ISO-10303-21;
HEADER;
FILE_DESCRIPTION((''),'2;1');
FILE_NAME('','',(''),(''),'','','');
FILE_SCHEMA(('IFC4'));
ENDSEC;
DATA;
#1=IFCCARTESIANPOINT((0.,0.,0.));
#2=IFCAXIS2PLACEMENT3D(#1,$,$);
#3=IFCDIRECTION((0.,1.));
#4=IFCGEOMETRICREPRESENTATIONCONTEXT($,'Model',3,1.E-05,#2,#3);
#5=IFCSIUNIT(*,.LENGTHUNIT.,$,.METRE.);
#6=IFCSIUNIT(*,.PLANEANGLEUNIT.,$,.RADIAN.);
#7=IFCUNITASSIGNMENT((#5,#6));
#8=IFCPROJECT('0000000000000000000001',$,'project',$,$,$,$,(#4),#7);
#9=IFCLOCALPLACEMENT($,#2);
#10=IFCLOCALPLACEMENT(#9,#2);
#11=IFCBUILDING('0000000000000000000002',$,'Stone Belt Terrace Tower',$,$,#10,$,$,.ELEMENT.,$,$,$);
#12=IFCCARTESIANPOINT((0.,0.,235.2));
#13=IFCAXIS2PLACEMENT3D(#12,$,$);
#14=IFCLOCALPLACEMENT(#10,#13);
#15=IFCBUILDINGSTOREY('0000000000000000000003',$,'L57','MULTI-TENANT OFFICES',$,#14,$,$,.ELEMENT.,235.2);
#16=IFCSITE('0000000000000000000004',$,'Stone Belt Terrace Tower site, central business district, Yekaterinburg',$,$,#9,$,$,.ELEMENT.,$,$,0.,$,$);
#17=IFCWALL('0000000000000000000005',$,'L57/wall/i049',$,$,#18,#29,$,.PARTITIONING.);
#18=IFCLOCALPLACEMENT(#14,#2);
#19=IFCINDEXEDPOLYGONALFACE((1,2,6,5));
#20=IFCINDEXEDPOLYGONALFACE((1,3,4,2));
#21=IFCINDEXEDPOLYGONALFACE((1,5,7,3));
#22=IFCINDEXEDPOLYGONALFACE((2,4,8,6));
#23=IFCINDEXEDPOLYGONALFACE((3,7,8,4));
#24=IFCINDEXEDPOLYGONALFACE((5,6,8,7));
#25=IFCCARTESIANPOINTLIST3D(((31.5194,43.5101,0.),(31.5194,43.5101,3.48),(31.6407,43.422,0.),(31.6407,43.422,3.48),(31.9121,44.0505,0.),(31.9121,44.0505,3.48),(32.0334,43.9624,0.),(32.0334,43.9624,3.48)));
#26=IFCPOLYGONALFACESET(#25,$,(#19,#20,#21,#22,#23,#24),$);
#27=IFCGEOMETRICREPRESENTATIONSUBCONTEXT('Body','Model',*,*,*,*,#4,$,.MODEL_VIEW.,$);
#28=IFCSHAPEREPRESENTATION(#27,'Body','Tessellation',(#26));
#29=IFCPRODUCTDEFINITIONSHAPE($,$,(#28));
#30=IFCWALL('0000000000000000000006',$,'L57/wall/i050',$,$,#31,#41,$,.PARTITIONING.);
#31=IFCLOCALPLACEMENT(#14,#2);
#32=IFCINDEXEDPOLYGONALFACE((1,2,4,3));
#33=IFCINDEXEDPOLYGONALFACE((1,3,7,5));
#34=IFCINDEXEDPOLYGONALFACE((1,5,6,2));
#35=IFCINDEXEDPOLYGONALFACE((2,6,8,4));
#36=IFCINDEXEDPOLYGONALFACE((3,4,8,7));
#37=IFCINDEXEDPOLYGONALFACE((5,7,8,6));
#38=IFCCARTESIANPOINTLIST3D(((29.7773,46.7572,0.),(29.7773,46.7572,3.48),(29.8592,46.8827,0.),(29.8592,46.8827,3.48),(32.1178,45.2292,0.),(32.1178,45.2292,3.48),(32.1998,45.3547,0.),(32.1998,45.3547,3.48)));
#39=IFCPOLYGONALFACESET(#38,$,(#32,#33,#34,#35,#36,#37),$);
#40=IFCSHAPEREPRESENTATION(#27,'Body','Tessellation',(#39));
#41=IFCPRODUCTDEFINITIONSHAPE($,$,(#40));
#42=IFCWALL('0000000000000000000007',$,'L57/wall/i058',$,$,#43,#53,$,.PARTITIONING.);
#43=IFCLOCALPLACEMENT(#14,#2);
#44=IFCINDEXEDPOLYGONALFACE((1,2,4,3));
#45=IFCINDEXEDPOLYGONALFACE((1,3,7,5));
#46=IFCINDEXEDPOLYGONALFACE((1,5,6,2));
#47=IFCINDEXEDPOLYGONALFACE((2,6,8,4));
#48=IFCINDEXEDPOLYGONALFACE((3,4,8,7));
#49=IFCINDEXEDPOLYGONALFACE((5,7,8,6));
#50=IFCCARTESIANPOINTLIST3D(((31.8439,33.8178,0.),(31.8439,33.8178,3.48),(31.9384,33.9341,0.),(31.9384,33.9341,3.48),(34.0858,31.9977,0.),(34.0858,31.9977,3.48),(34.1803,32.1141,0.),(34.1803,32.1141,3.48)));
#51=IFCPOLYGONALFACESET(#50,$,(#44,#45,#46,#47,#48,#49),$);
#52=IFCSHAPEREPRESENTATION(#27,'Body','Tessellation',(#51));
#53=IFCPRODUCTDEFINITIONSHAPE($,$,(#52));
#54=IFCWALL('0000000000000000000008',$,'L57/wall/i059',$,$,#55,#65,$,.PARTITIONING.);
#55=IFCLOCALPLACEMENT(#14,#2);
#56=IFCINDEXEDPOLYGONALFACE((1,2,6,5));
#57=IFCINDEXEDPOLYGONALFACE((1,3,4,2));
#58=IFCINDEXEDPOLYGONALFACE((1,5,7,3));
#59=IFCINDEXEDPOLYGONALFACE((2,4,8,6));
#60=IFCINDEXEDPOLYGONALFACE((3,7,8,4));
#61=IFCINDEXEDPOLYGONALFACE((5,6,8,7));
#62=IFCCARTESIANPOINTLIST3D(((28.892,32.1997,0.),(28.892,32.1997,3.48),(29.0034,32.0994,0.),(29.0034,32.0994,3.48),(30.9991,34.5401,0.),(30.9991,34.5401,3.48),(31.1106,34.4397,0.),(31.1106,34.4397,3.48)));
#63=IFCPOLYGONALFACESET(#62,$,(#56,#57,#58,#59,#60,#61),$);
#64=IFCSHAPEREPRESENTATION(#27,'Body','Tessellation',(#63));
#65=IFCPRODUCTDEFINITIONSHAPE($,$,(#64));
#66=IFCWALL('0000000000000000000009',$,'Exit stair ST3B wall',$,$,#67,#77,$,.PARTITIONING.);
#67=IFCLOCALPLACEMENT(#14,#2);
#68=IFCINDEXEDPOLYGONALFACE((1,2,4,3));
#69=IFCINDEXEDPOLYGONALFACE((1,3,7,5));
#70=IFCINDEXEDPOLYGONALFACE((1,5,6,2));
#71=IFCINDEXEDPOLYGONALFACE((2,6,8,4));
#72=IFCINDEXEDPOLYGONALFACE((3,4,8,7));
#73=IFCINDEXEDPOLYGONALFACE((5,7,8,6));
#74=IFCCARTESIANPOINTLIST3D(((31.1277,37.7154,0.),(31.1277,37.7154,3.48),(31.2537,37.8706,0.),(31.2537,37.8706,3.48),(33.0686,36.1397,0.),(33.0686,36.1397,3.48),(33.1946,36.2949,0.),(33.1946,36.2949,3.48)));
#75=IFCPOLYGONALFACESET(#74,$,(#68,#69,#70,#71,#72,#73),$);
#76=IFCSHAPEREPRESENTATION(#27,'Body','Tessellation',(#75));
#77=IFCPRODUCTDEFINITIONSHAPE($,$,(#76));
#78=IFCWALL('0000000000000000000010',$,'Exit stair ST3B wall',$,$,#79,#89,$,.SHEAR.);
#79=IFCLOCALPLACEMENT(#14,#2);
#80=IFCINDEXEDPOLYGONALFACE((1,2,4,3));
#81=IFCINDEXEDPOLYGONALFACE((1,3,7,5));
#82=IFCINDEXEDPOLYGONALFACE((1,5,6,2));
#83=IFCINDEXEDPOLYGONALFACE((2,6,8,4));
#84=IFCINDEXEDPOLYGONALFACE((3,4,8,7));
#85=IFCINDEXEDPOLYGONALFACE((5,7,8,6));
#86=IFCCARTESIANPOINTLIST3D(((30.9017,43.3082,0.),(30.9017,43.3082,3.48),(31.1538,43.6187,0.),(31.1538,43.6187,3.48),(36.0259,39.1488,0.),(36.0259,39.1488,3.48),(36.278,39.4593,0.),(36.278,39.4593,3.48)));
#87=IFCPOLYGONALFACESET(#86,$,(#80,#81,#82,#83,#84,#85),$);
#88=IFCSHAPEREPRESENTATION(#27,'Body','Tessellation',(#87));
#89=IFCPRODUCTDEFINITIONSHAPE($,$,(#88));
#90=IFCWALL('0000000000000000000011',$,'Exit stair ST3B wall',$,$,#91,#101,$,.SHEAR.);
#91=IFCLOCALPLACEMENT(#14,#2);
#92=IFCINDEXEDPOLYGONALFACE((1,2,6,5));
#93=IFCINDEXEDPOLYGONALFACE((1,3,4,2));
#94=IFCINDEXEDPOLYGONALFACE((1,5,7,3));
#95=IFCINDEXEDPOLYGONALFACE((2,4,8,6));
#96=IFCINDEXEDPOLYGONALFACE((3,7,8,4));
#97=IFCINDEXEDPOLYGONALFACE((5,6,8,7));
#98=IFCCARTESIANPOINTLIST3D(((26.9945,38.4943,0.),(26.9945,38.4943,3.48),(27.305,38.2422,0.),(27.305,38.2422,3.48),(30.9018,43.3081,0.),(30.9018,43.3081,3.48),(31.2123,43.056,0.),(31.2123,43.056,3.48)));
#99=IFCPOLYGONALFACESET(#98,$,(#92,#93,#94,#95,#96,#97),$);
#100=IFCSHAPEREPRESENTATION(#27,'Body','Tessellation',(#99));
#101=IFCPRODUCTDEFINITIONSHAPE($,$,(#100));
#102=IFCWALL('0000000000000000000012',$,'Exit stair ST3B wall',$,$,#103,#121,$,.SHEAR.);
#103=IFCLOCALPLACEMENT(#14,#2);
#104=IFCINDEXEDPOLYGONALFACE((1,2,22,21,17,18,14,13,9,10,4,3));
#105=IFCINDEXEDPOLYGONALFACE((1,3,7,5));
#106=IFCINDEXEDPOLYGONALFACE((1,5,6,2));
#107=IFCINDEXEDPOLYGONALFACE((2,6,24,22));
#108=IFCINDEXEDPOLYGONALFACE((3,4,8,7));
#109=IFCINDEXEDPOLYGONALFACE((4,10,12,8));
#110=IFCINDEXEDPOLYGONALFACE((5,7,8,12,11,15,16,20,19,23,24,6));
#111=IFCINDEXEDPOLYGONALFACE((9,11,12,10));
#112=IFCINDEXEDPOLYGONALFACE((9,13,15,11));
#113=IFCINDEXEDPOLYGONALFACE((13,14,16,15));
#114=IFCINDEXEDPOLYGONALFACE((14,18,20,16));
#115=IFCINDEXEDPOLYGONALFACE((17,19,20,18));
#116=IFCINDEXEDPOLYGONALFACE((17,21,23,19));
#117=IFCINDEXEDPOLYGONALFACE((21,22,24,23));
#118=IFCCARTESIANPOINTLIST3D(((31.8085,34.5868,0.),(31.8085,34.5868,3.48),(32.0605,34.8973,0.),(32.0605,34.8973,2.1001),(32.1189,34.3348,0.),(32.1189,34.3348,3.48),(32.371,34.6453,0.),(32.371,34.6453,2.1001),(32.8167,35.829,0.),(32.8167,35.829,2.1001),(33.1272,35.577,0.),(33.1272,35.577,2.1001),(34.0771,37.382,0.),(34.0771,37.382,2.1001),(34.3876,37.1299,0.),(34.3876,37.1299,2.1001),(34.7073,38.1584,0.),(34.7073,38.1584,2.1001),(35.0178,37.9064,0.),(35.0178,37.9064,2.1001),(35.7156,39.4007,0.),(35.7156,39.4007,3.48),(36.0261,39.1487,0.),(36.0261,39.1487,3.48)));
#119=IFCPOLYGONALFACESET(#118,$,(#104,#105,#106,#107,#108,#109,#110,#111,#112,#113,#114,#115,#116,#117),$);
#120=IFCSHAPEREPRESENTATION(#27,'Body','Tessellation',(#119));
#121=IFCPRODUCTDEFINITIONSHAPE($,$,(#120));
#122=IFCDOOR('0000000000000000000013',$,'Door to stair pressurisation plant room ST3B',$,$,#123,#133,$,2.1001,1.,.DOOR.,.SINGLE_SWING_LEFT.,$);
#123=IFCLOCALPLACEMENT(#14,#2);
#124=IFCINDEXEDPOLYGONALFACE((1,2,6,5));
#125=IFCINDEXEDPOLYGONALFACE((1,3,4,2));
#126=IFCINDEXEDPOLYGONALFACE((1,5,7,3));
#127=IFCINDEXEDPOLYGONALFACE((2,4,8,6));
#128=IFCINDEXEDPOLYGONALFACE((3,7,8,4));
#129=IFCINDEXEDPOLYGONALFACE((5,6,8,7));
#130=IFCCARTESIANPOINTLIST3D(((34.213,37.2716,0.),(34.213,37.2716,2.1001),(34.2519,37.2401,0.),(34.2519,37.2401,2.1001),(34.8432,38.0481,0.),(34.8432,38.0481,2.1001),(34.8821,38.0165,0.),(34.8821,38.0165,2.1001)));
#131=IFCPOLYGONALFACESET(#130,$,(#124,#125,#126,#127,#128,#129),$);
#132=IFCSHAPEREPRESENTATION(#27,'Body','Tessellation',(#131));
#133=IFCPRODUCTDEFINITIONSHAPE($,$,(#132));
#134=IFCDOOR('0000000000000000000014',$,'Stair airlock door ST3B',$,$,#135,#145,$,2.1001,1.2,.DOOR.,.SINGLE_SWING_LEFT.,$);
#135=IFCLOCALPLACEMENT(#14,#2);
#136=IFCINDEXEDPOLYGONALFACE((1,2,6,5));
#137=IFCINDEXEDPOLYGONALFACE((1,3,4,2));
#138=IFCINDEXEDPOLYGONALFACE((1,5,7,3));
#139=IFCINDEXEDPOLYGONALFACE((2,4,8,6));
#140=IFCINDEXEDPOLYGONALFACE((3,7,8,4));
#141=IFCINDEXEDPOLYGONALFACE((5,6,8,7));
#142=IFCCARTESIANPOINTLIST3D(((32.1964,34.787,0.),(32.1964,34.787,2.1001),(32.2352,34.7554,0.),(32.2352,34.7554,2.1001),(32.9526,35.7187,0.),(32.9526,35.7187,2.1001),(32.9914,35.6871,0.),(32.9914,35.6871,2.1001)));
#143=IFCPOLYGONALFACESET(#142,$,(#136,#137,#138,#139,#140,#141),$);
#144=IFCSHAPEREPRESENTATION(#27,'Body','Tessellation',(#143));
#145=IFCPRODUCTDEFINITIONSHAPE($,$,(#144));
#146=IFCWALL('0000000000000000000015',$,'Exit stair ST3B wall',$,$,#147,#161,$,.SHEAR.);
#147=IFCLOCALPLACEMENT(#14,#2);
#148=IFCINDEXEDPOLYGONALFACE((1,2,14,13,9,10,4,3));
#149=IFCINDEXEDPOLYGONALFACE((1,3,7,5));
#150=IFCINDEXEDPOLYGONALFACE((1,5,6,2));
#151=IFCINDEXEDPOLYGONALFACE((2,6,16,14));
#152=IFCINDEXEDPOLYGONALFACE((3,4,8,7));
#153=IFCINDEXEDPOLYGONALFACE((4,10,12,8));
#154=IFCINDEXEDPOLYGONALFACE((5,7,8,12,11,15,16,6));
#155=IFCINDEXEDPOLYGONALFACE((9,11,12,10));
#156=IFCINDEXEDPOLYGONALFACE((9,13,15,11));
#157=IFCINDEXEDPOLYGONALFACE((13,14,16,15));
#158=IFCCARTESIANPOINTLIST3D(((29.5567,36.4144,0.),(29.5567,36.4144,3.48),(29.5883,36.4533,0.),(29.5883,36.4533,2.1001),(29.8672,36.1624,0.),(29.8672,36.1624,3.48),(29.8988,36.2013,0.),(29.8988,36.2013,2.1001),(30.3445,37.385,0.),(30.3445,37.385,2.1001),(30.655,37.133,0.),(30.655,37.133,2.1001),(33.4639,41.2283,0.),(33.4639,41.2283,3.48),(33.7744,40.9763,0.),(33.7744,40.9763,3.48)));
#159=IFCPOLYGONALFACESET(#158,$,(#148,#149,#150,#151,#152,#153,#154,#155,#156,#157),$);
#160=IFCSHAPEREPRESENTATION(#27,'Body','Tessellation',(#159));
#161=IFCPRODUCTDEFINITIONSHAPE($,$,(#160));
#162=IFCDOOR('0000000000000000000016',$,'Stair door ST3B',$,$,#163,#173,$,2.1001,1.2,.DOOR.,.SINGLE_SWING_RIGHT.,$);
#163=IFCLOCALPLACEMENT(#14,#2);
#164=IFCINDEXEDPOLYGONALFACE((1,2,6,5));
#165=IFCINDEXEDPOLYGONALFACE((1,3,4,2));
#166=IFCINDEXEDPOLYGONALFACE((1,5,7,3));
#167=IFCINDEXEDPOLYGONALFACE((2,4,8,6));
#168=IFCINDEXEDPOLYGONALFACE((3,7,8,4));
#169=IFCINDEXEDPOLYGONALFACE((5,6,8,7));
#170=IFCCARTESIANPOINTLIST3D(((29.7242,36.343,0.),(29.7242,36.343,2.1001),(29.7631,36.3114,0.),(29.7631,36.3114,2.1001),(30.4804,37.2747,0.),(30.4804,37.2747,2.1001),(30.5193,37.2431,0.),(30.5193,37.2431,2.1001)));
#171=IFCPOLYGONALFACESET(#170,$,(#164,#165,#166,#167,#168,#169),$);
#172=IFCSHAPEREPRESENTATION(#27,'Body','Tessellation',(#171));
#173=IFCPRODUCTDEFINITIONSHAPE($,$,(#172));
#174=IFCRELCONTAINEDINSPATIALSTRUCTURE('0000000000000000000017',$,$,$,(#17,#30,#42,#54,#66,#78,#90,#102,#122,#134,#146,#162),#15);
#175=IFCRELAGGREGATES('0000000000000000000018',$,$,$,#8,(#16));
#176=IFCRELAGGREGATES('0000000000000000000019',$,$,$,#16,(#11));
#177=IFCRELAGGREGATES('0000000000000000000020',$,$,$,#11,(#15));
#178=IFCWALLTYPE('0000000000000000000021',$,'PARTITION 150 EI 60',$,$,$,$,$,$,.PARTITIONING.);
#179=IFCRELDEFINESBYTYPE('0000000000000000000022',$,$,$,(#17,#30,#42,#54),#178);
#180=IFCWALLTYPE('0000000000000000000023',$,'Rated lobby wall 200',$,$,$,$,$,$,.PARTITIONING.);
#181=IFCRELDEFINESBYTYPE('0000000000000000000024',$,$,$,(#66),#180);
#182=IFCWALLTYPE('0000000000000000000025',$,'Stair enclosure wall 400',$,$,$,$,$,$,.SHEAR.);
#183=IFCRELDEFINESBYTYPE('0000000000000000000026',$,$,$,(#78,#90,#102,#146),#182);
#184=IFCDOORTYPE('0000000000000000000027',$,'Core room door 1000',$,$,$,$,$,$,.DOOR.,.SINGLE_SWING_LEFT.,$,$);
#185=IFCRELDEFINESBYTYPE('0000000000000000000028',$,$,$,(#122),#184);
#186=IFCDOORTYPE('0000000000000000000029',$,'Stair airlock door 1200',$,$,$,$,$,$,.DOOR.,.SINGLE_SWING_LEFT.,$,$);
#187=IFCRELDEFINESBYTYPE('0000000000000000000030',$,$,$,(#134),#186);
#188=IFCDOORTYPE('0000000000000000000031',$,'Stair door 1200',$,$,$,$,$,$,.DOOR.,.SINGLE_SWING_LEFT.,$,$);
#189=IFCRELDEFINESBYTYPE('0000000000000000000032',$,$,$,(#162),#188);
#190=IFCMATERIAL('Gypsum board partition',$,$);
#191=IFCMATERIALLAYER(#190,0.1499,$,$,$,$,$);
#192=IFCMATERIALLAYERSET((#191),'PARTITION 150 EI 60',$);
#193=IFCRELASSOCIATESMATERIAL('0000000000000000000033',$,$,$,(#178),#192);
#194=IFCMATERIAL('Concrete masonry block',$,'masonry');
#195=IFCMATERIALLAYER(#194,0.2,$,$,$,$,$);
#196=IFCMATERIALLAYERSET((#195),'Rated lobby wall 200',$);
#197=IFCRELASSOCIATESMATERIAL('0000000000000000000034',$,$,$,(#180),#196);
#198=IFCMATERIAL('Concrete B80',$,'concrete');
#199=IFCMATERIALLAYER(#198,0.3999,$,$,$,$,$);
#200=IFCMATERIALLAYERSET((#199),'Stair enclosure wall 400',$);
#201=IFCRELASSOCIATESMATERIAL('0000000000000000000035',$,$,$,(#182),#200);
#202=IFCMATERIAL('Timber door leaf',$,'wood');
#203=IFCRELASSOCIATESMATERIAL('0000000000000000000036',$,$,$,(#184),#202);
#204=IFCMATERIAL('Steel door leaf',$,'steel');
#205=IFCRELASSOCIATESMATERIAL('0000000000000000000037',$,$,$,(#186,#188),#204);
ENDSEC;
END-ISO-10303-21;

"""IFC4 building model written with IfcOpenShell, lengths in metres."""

from ifc_helpers import new_model, si_unit, direction, frame, frame_2d, origin, place, context, subcontext, project, spatial, rectangle, extrude, material, layer, layer_set, type_object, element, fill, save


model = new_model("IFC4")

# Units and contexts
model_context = context("Model", 3, precision=1e-05, world=origin(), true_north=direction((0.0, 1.0)))
body_context = subcontext(model_context, "Body", "Model", "MODEL_VIEW")
ifc_project = project(units=[si_unit("LENGTHUNIT", "METRE"), si_unit("PLANEANGLEUNIT", "RADIAN")], contexts=[model_context])

# Site, building, storey
site_placement = place(None, origin())
site = spatial("IfcSite", under=ifc_project, at=site_placement, Name="Stone Belt Terrace Tower site, central business district, Yekaterinburg", CompositionType="ELEMENT", RefElevation=0.0)
building_placement = place(site_placement, origin())
building = spatial("IfcBuilding", under=site, at=building_placement, Name="Stone Belt Terrace Tower", CompositionType="ELEMENT")
storey_placement = place(building_placement, frame((0.0, 0.0, 235.2)))
storey = spatial("IfcBuildingStorey", under=building, at=storey_placement, Name="L57", Description="MULTI-TENANT OFFICES", CompositionType="ELEMENT", Elevation=235.2)

# Shared definitions
ifc_material_1 = material(Name="Gypsum board partition")
ifc_layer_1 = layer(ifc_material_1, 0.1499)
ifc_layer_set_1 = layer_set([ifc_layer_1], Name="PARTITION 150 EI 60")
wall_type_1 = type_object("IfcWallType", Name="PARTITION 150 EI 60", PredefinedType="PARTITIONING", material=ifc_layer_set_1)

# Walls
wall_1_placement = place(storey_placement, frame((31.5801, 43.4661, 0.0), z_axis=(0.0, 0.0, 1.0), x_axis=(0.587824, 0.808989, 0.0)))
element("IfcWall", 1, at=wall_1_placement, inside=storey, type_object=wall_type_1, Name="L57/wall/i049", PredefinedType="PARTITIONING", context=body_context, shape_type="SweptSolid", body=[
    extrude(rectangle(XDim=0.668, YDim=0.1499, at=frame_2d((0.334, 0.0))), origin(), (0.0, 0.0, 1.0), 3.48),
])
wall_2_placement = place(storey_placement, frame((32.1587, 45.292, 0.0), z_axis=(0.0, 0.0, 1.0), x_axis=(-0.837346, 0.546673, 0.0)))
element("IfcWall", 2, at=wall_2_placement, inside=storey, type_object=wall_type_1, Name="L57/wall/i050", PredefinedType="PARTITIONING", context=body_context, shape_type="SweptSolid", body=[
    extrude(rectangle(XDim=2.7952, YDim=0.1499, at=frame_2d((1.3975, 0.0))), origin(), (0.0, 0.0, 1.0), 3.48),
])
wall_3_placement = place(storey_placement, frame((34.1331, 32.0559, 0.0), z_axis=(0.0, 0.0, 1.0), x_axis=(-0.77637, 0.630277, 0.0)))
element("IfcWall", 3, at=wall_3_placement, inside=storey, type_object=wall_type_1, Name="L57/wall/i058", PredefinedType="PARTITIONING", context=body_context, shape_type="SweptSolid", body=[
    extrude(rectangle(XDim=2.8877, YDim=0.1499, at=frame_2d((1.4438, 0.0))), origin(), (0.0, 0.0, 1.0), 3.48),
])
wall_4_placement = place(storey_placement, frame((31.0549, 34.49, 0.0), z_axis=(0.0, 0.0, 1.0), x_axis=(-0.669119, -0.743155, 0.0)))
element("IfcWall", 4, at=wall_4_placement, inside=storey, type_object=wall_type_1, Name="L57/wall/i059", PredefinedType="PARTITIONING", context=body_context, shape_type="SweptSolid", body=[
    extrude(rectangle(XDim=3.1492, YDim=0.1499, at=frame_2d((1.5747, 0.0))), origin(), (0.0, 0.0, 1.0), 3.48),
])
ifc_material_2 = material(Name="Concrete masonry block", Category="masonry")
ifc_layer_2 = layer(ifc_material_2, 0.2)
ifc_layer_set_2 = layer_set([ifc_layer_2], Name="Rated lobby wall 200")
wall_type_2 = type_object("IfcWallType", Name="Rated lobby wall 200", PredefinedType="PARTITIONING", material=ifc_layer_set_2)
wall_5_placement = place(storey_placement, frame((31.1907, 37.793, 0.0), z_axis=(0.0, 0.0, 1.0), x_axis=(0.776371, -0.630276, 0.0)))
element("IfcWall", 5, at=wall_5_placement, inside=storey, type_object=wall_type_2, Name="Exit stair ST3B wall", PredefinedType="PARTITIONING", context=body_context, shape_type="SweptSolid", body=[
    extrude(rectangle(XDim=2.5, YDim=0.2, at=frame_2d((1.25, 0.0))), origin(), (0.0, 0.0, 1.0), 3.48),
])
ifc_material_3 = material(Name="Concrete B80", Category="concrete")
ifc_layer_3 = layer(ifc_material_3, 0.3999)
ifc_layer_set_3 = layer_set([ifc_layer_3], Name="Stair enclosure wall 400")
wall_type_3 = type_object("IfcWallType", Name="Stair enclosure wall 400", PredefinedType="SHEAR", material=ifc_layer_set_3)
wall_6_placement = place(storey_placement, frame((31.0278, 43.4634, 0.0), z_axis=(0.0, 0.0, 1.0), x_axis=(0.776414, -0.630224, 0.0)))
element("IfcWall", 6, at=wall_6_placement, inside=storey, type_object=wall_type_3, Name="Exit stair ST3B wall", PredefinedType="SHEAR", context=body_context, shape_type="SweptSolid", body=[
    extrude(rectangle(XDim=6.5999, YDim=0.3999, at=frame_2d((3.2998, 0.0))), origin(), (0.0, 0.0, 1.0), 3.48),
])
wall_7_placement = place(storey_placement, frame((27.1497, 38.3682, 0.0), z_axis=(0.0, 0.0, 1.0), x_axis=(0.630212, 0.776423, 0.0)))
element("IfcWall", 7, at=wall_7_placement, inside=storey, type_object=wall_type_3, Name="Exit stair ST3B wall", PredefinedType="SHEAR", context=body_context, shape_type="SweptSolid", body=[
    extrude(rectangle(XDim=6.2, YDim=0.3999, at=frame_2d((3.1001, 0.0))), origin(), (0.0, 0.0, 1.0), 3.48),
])

# Wall, openings, doors
wall_8_placement = place(storey_placement, frame((31.9636, 34.4607, 0.0), z_axis=(0.0, 0.0, 1.0), x_axis=(0.630192, 0.776439, 0.0)))
wall_8 = element("IfcWall", 8, at=wall_8_placement, inside=storey, type_object=wall_type_3, Name="Exit stair ST3B wall", PredefinedType="SHEAR", context=body_context, shape_type="SweptSolid", body=[
    extrude(rectangle(XDim=6.2, YDim=0.3999, at=frame_2d((3.1001, 0.0))), origin(), (0.0, 0.0, 1.0), 3.48),
])
opening_1_placement = place(wall_8_placement, frame((0.3999, 0.0, 0.0)))
opening_1 = element("IfcOpeningElement", 9, at=opening_1_placement, cuts=wall_8, PredefinedType="OPENING", context=body_context, shape_type="SweptSolid", body=[
    extrude(rectangle(XDim=1.2, YDim=2.1001, at=frame_2d((0.6001, 1.05))), frame((0.0, 0.21, 0.0), z_axis=(0.0, -1.0, 0.0), x_axis=(1.0, 0.0, 0.0)), (0.0, 0.0, 1.0), 0.4199),
])
opening_2_placement = place(wall_8_placement, frame((3.6001, 0.0, 0.0)))
opening_2 = element("IfcOpeningElement", 10, at=opening_2_placement, cuts=wall_8, PredefinedType="OPENING", context=body_context, shape_type="SweptSolid", body=[
    extrude(rectangle(XDim=1.0, YDim=2.1001, at=frame_2d((0.5, 1.05))), frame((0.0, 0.21, 0.0), z_axis=(0.0, -1.0, 0.0), x_axis=(1.0, 0.0, 0.0)), (0.0, 0.0, 1.0), 0.4199),
])
ifc_material_4 = material(Name="Timber door leaf", Category="wood")
door_type_1 = type_object("IfcDoorType", Name="Core room door 1000", OperationType="SINGLE_SWING_LEFT", PredefinedType="DOOR", material=ifc_material_4)
door_1_placement = place(opening_2_placement, origin())
door_1 = element("IfcDoor", 11, at=door_1_placement, inside=storey, type_object=door_type_1, Name="Door to stair pressurisation plant room ST3B", OperationType="SINGLE_SWING_LEFT", OverallHeight=2.1001, OverallWidth=1.0, PredefinedType="DOOR", context=body_context, shape_type="SweptSolid", body=[
    extrude(rectangle(XDim=1.0, YDim=2.1001, at=frame_2d((0.5, 1.05))), frame((0.0, 0.0249, 0.0), z_axis=(0.0, -1.0, 0.0), x_axis=(1.0, 0.0, 0.0)), (0.0, 0.0, 1.0), 0.05),
])
fill(opening_2, door_1)
ifc_material_5 = material(Name="Steel door leaf", Category="steel")
door_type_2 = type_object("IfcDoorType", Name="Stair airlock door 1200", OperationType="SINGLE_SWING_LEFT", PredefinedType="DOOR", material=ifc_material_5)
door_2_placement = place(opening_1_placement, origin())
door_2 = element("IfcDoor", 12, at=door_2_placement, inside=storey, type_object=door_type_2, Name="Stair airlock door ST3B", OperationType="SINGLE_SWING_LEFT", OverallHeight=2.1001, OverallWidth=1.2, PredefinedType="DOOR", context=body_context, shape_type="SweptSolid", body=[
    extrude(rectangle(XDim=1.2, YDim=2.1001, at=frame_2d((0.6001, 1.05))), frame((0.0, 0.0249, 0.0), z_axis=(0.0, -1.0, 0.0), x_axis=(1.0, 0.0, 0.0)), (0.0, 0.0, 1.0), 0.05),
])
fill(opening_1, door_2)

# Wall, opening, door
wall_9_placement = place(storey_placement, frame((29.7119, 36.2883, 0.0), z_axis=(0.0, 0.0, 1.0), x_axis=(0.630192, 0.776439, 0.0)))
wall_9 = element("IfcWall", 13, at=wall_9_placement, inside=storey, type_object=wall_type_3, Name="Exit stair ST3B wall", PredefinedType="SHEAR", context=body_context, shape_type="SweptSolid", body=[
    extrude(rectangle(XDim=6.2, YDim=0.3999, at=frame_2d((3.1001, 0.0))), origin(), (0.0, 0.0, 1.0), 3.48),
])
opening_3_placement = place(wall_9_placement, frame((0.05, 0.0, 0.0)))
opening_3 = element("IfcOpeningElement", 14, at=opening_3_placement, cuts=wall_9, PredefinedType="OPENING", context=body_context, shape_type="SweptSolid", body=[
    extrude(rectangle(XDim=1.2, YDim=2.1001, at=frame_2d((0.6001, 1.05))), frame((0.0, 0.21, 0.0), z_axis=(0.0, -1.0, 0.0), x_axis=(1.0, 0.0, 0.0)), (0.0, 0.0, 1.0), 0.4199),
])
door_type_3 = type_object("IfcDoorType", Name="Stair door 1200", OperationType="SINGLE_SWING_LEFT", PredefinedType="DOOR", material=ifc_material_5)
door_3_placement = place(opening_3_placement, origin())
door_3 = element("IfcDoor", 15, at=door_3_placement, inside=storey, type_object=door_type_3, Name="Stair door ST3B", OperationType="SINGLE_SWING_RIGHT", OverallHeight=2.1001, OverallWidth=1.2, PredefinedType="DOOR", context=body_context, shape_type="SweptSolid", body=[
    extrude(rectangle(XDim=1.2, YDim=2.1001, at=frame_2d((0.6001, 1.05))), frame((0.0, 0.0249, 0.0), z_axis=(0.0, -1.0, 0.0), x_axis=(1.0, 0.0, 0.0)), (0.0, 0.0, 1.0), 0.05),
])
fill(opening_3, door_3)

save(model, "model.ifc")
